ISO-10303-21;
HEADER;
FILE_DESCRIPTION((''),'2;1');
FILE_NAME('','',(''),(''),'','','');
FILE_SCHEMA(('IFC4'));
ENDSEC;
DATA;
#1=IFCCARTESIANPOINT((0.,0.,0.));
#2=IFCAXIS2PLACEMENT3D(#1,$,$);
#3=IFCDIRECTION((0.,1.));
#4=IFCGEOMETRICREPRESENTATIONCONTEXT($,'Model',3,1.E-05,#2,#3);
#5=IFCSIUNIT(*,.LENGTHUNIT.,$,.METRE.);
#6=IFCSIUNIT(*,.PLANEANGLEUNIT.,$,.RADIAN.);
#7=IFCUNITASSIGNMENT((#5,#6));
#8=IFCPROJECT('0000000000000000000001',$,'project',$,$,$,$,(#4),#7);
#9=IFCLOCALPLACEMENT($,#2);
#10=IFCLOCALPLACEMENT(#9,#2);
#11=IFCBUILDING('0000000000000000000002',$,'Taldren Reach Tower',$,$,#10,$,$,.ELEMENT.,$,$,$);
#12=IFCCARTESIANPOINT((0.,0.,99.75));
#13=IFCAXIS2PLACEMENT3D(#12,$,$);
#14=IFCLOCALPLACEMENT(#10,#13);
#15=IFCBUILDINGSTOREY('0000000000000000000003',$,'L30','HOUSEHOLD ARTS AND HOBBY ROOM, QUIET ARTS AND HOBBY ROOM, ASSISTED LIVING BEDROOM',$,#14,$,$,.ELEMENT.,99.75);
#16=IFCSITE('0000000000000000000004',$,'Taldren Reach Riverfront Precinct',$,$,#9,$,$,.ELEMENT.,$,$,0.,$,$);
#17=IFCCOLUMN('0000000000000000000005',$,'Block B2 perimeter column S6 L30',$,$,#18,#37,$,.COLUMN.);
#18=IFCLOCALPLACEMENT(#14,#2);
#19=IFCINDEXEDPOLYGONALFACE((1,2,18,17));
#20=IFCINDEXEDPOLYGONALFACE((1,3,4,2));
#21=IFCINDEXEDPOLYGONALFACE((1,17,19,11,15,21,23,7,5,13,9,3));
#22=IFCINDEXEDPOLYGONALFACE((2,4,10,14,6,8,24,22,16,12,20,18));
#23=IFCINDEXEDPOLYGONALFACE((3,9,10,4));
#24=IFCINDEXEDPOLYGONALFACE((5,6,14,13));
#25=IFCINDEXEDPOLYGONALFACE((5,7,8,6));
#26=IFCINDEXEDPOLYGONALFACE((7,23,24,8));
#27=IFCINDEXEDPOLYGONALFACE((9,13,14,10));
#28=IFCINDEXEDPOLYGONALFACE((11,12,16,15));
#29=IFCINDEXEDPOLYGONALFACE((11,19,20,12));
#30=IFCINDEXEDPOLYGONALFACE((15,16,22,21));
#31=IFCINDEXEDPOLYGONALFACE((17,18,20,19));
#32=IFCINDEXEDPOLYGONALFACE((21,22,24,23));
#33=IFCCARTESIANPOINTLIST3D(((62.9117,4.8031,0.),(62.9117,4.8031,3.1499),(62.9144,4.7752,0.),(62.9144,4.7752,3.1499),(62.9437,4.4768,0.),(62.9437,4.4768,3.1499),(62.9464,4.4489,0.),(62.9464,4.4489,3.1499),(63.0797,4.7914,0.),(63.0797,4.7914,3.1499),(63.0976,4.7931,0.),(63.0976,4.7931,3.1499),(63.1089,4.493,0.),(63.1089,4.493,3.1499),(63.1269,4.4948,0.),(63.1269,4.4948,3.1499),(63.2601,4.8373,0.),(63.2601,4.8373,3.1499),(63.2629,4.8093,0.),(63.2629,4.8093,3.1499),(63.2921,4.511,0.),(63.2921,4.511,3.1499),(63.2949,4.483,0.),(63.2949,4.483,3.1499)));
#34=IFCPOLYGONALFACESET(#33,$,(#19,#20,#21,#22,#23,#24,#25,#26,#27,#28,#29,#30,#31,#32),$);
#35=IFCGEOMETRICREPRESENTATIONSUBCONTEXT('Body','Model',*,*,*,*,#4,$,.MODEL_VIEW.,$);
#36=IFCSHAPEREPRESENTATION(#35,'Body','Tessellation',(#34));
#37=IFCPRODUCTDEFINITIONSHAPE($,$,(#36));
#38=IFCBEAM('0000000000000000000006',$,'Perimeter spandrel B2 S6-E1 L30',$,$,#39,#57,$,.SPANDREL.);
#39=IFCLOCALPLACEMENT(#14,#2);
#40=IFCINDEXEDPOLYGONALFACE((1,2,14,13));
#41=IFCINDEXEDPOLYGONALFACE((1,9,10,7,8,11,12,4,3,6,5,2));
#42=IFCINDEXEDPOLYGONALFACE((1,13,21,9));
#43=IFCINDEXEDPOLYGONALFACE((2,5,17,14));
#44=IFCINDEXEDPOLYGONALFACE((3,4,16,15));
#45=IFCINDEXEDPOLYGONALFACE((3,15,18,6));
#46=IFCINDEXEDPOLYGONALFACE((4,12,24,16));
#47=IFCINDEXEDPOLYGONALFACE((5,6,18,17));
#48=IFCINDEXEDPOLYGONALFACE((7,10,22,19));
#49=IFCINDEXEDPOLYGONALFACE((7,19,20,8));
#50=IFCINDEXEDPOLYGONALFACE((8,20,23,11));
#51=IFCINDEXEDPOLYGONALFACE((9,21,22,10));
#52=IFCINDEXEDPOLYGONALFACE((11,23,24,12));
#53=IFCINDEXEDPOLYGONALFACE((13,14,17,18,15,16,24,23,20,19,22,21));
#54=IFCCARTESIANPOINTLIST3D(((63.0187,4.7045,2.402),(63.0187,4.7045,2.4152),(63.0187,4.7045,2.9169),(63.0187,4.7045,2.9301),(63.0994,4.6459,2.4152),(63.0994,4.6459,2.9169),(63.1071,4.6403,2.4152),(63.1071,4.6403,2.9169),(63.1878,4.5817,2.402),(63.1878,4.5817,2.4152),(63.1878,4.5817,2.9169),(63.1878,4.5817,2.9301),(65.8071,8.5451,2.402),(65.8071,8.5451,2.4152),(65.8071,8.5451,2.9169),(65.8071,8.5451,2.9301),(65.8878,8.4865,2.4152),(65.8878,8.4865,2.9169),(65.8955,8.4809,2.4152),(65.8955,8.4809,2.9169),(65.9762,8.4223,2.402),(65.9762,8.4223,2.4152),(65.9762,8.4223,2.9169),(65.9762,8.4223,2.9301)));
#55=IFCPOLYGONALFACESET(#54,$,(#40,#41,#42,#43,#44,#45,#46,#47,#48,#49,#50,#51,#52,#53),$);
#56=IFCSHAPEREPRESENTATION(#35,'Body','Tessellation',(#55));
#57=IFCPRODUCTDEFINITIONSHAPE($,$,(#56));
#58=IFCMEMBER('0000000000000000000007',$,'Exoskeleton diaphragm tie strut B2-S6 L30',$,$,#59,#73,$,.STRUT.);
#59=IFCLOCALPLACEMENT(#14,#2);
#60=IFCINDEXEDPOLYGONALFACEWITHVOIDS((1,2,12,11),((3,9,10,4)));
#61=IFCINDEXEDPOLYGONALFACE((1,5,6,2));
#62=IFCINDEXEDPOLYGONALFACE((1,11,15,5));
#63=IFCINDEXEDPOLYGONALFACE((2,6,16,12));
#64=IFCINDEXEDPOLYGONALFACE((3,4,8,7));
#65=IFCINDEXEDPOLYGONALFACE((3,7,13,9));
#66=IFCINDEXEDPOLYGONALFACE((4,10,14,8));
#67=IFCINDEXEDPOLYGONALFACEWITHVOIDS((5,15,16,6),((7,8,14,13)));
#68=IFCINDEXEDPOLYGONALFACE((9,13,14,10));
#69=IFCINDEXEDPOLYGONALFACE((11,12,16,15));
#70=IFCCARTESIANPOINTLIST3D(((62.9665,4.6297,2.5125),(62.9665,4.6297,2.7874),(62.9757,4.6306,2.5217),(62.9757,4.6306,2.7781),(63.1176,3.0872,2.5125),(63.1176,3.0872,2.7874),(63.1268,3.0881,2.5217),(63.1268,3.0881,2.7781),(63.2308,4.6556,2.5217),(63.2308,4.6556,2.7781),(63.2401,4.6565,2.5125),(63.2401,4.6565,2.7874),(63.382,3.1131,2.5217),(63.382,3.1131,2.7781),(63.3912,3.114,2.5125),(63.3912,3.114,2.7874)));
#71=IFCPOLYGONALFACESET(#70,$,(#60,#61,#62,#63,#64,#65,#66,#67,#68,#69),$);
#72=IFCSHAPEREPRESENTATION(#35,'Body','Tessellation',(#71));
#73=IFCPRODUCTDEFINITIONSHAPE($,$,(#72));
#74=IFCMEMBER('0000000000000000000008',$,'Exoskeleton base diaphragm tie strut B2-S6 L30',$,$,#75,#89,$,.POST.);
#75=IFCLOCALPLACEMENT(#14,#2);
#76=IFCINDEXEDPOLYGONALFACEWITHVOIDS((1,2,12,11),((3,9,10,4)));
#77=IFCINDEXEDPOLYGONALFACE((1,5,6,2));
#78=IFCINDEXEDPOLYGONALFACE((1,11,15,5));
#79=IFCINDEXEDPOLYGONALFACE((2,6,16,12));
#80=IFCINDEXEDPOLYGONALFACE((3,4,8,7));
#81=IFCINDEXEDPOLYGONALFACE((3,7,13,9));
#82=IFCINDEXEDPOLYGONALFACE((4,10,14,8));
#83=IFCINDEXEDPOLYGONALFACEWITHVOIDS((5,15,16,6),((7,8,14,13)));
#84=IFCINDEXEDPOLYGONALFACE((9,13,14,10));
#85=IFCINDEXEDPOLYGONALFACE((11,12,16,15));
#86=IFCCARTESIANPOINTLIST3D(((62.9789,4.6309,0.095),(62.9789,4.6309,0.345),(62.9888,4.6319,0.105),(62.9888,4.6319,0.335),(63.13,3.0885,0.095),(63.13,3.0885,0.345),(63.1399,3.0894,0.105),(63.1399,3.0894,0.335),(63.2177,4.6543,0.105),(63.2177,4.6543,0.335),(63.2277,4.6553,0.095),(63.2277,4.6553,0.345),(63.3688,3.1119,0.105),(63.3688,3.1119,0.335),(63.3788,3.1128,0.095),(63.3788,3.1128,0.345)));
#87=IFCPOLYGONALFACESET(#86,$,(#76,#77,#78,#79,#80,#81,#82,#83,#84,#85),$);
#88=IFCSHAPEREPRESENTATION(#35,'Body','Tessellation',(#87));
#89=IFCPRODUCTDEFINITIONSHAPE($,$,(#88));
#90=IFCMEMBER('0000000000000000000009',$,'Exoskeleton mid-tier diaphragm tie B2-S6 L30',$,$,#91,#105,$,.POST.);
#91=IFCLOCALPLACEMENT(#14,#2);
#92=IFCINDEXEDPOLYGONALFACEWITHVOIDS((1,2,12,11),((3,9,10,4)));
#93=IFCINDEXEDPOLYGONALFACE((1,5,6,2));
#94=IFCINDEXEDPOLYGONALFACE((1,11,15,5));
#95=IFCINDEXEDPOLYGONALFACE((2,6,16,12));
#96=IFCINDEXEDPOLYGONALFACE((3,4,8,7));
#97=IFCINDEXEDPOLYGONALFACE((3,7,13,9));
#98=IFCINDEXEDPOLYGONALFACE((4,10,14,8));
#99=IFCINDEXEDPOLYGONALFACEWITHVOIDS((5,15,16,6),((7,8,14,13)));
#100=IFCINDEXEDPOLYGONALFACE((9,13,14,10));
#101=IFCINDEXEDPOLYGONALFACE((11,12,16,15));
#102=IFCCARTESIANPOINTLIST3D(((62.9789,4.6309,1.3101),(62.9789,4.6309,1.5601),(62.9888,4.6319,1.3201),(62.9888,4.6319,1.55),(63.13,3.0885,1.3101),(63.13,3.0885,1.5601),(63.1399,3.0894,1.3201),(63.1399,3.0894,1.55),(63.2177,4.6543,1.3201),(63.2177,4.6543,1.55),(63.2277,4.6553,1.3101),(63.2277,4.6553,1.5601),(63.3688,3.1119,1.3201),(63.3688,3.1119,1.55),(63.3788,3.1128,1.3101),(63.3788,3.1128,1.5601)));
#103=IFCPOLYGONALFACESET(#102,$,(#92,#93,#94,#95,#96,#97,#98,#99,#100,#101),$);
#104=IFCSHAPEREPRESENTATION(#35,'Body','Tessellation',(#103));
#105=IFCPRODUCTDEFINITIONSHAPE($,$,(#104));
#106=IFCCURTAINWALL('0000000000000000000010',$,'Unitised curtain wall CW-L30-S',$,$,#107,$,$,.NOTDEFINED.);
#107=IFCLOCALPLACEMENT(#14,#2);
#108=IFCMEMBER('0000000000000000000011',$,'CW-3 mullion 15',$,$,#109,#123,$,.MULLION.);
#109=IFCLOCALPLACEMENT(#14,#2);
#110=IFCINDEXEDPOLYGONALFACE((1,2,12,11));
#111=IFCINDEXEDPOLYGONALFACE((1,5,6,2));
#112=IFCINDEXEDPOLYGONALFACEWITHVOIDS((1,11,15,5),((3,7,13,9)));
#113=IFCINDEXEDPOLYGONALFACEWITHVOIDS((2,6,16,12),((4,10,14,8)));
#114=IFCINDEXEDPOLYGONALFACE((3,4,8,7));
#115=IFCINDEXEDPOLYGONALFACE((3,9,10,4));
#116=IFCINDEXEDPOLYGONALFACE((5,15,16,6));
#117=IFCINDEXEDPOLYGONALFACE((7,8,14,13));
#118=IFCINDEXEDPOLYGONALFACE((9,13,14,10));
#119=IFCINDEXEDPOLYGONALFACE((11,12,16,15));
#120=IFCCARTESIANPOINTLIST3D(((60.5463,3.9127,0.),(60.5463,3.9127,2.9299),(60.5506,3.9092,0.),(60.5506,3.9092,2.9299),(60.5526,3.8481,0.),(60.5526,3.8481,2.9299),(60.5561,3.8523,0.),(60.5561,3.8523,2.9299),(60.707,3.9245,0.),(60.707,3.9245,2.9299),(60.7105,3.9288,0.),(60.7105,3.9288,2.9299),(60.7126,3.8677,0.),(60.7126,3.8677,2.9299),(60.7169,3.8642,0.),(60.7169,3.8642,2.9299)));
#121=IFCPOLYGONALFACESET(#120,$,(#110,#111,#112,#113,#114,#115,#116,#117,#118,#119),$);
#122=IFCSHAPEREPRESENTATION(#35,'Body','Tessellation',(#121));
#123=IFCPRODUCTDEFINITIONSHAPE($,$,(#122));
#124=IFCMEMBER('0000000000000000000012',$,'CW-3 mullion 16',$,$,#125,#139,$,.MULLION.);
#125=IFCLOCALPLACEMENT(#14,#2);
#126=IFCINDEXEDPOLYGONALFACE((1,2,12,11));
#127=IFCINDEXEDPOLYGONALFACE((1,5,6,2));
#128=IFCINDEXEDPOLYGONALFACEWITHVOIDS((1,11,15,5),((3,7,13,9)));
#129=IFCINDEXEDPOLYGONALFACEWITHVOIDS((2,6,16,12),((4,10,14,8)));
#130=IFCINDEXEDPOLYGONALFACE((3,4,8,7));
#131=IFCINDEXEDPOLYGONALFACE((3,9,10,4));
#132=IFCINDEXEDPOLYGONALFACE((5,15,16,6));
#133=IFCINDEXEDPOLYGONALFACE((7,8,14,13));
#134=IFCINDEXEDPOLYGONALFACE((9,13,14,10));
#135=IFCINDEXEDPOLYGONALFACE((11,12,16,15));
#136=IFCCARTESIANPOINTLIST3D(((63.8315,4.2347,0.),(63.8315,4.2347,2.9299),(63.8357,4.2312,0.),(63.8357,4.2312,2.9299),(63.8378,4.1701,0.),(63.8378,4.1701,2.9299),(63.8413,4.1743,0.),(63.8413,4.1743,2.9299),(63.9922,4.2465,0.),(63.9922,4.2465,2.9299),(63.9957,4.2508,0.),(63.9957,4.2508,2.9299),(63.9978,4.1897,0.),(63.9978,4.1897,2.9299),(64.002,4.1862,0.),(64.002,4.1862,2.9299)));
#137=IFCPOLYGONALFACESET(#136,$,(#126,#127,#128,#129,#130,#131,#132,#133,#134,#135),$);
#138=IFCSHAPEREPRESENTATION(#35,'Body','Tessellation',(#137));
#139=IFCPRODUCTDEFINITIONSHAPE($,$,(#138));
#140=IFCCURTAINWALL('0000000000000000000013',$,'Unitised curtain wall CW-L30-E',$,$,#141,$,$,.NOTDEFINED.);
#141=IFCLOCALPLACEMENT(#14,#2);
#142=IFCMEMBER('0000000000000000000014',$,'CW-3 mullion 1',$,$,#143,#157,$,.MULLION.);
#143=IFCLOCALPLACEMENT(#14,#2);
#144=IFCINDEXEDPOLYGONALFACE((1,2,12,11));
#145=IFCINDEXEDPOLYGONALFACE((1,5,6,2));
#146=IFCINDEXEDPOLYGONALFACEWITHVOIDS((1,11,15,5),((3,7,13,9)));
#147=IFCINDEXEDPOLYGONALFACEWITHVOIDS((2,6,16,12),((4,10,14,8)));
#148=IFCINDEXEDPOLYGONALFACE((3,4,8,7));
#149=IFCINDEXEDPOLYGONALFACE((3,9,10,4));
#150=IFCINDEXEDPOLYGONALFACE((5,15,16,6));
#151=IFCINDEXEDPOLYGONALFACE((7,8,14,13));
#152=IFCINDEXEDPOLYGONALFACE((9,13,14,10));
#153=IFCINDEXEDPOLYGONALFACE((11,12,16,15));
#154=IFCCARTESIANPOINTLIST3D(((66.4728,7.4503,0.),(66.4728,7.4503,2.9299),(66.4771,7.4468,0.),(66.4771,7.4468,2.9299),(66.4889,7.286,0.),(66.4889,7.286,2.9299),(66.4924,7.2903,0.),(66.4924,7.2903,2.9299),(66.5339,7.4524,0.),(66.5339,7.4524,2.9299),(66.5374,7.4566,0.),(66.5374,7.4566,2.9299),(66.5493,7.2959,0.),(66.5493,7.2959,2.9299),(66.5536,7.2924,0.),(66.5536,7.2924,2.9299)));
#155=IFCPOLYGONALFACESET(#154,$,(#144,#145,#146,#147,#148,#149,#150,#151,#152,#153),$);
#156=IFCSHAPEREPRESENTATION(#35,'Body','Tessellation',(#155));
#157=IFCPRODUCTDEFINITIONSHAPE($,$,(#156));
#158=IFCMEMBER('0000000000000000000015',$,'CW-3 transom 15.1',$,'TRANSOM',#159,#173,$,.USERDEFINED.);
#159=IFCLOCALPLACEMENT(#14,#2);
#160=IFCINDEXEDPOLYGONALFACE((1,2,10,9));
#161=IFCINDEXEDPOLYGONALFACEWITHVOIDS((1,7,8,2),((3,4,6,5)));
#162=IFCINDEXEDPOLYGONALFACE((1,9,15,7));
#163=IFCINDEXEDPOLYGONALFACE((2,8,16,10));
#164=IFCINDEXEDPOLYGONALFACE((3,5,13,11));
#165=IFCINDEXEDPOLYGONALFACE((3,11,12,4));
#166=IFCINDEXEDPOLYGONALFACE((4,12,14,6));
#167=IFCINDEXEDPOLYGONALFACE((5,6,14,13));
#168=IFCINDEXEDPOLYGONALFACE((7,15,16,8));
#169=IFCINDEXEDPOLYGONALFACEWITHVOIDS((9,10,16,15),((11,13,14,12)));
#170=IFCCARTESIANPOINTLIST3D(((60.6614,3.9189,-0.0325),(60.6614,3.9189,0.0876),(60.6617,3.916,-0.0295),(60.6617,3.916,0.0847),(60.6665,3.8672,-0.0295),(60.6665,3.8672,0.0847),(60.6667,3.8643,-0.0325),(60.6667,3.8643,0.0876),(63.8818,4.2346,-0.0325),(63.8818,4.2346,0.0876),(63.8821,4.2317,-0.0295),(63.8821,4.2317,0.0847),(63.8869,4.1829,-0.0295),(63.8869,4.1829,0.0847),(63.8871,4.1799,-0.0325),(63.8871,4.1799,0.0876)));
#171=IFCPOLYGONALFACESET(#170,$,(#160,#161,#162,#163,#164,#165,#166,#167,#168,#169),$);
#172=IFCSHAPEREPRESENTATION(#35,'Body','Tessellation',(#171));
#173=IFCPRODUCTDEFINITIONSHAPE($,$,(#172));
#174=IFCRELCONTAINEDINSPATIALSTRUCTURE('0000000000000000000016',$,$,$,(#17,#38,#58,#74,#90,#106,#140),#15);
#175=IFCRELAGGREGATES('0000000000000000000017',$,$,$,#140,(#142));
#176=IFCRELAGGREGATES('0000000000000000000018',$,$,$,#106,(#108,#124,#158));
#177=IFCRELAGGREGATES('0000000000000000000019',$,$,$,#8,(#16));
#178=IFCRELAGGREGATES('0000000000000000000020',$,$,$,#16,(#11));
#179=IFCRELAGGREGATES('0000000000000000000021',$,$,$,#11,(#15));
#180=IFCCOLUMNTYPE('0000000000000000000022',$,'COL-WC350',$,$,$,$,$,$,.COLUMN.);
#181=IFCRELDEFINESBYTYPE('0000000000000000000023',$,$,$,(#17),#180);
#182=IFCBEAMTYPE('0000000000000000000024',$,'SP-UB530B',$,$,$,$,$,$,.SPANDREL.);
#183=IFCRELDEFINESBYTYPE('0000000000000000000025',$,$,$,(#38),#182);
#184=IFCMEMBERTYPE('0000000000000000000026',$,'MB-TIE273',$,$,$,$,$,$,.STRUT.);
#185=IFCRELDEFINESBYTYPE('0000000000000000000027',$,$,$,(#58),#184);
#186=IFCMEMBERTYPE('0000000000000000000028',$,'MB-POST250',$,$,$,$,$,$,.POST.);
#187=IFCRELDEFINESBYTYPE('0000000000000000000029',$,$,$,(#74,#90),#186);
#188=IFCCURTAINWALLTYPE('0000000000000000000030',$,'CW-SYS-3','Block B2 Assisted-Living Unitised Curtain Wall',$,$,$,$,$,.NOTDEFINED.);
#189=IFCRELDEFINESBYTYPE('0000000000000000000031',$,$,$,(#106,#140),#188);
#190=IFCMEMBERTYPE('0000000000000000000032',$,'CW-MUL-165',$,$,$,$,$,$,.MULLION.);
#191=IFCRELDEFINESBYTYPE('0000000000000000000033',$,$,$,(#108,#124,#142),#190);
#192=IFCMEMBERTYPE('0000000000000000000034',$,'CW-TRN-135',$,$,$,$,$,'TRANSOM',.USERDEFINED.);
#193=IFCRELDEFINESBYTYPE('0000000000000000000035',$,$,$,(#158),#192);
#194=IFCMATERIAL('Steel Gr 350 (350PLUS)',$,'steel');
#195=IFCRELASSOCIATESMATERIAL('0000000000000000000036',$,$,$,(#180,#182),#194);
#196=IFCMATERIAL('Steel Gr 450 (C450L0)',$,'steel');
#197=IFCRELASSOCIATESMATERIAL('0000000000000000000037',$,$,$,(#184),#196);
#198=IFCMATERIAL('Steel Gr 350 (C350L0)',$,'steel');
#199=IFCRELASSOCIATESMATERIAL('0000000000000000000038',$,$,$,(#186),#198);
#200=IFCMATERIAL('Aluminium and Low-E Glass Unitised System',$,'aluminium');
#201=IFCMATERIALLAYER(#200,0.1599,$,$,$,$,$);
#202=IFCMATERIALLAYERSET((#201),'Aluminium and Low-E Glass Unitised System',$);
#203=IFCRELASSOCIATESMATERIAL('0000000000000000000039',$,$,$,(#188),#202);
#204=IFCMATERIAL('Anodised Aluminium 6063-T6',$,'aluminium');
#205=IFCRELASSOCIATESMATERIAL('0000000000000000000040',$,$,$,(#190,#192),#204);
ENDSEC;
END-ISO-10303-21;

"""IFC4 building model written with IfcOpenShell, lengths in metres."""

from ifc_helpers import new_model, si_unit, direction, frame, origin, origin_2d, place, context, subcontext, project, spatial, hollow_rectangle, i_section, extrude, source, transform, mapped, material, layer, layer_set, material_profile, profile_set, type_object, element, aggregate, save


model = new_model("IFC4")

# Units and contexts
model_context = context("Model", 3, precision=1e-05, world=origin(), true_north=direction((0.0, 1.0)))
body_context = subcontext(model_context, "Body", "Model", "MODEL_VIEW")
ifc_project = project(units=[si_unit("LENGTHUNIT", "METRE"), si_unit("PLANEANGLEUNIT", "RADIAN")], contexts=[model_context])

# Site, building, storey
site_placement = place(None, origin())
site = spatial("IfcSite", under=ifc_project, at=site_placement, Name="Taldren Reach Riverfront Precinct", CompositionType="ELEMENT", RefElevation=0.0)
building_placement = place(site_placement, origin())
building = spatial("IfcBuilding", under=site, at=building_placement, Name="Taldren Reach Tower", CompositionType="ELEMENT")
storey_placement = place(building_placement, frame((0.0, 0.0, 99.75)))
storey = spatial("IfcBuildingStorey", under=building, at=storey_placement, Name="L30", Description="HOUSEHOLD ARTS AND HOBBY ROOM, QUIET ARTS AND HOBBY ROOM, ASSISTED LIVING BEDROOM", CompositionType="ELEMENT", Elevation=99.75)

# Column
ifc_material_1 = material(Name="Steel Gr 350 (350PLUS)", Category="steel")
ifc_material_profile_1 = material_profile(ifc_material_1, i_section(OverallWidth=0.3501, OverallDepth=0.356, WebThickness=0.0181, FlangeThickness=0.0281, at=origin_2d()), Name="350WC197")
ifc_profile_set_1 = profile_set([ifc_material_profile_1], Name="Steel Gr 350 (350PLUS)")
column_type = type_object("IfcColumnType", Name="COL-WC350", PredefinedType="COLUMN", material=ifc_profile_set_1)
shared_shape_1 = source(origin(), body_context, "Body", "SweptSolid", [
    extrude(i_section(OverallWidth=0.3501, OverallDepth=0.356, WebThickness=0.0181, FlangeThickness=0.0281, at=origin_2d()), origin(), (0.0, 0.0, 1.0), 3.1499),
])
column_placement = place(storey_placement, frame((63.1033, 4.6431, 0.0), z_axis=(0.0, 0.0, 1.0), x_axis=(0.995227, 0.097583, 0.0)))
element("IfcColumn", 1, at=column_placement, inside=storey, type_object=column_type, Name="Block B2 perimeter column S6 L30", PredefinedType="COLUMN", context=body_context, shape_type="MappedRepresentation", body=[
    mapped(shared_shape_1, transform((0.0, 0.0, 0.0), scale=1.0)),
])

# Beam
ifc_material_profile_2 = material_profile(ifc_material_1, i_section(OverallWidth=0.209, OverallDepth=0.5281, WebThickness=0.0095, FlangeThickness=0.0132, at=origin_2d()), Name="530UB82.0")
ifc_profile_set_2 = profile_set([ifc_material_profile_2], Name="Steel Gr 350 (350PLUS)")
beam_type = type_object("IfcBeamType", Name="SP-UB530B", PredefinedType="SPANDREL", material=ifc_profile_set_2)
shared_shape_2 = source(origin(), body_context, "Body", "SweptSolid", [
    extrude(i_section(OverallWidth=0.209, OverallDepth=0.5281, WebThickness=0.0095, FlangeThickness=0.0132, at=origin_2d()), origin(), (0.0, 0.0, 1.0), 4.7461),
])
beam_placement = place(storey_placement, frame((63.1033, 4.6431, 2.666), z_axis=(0.587508, 0.809219, 0.0), x_axis=(-0.809219, 0.587508, 0.0)))
element("IfcBeam", 2, at=beam_placement, inside=storey, type_object=beam_type, Name="Perimeter spandrel B2 S6-E1 L30", PredefinedType="SPANDREL", context=body_context, shape_type="MappedRepresentation", body=[
    mapped(shared_shape_2, transform((0.0, 0.0, 0.0), scale=1.0)),
])

# Members
ifc_material_2 = material(Name="Steel Gr 450 (C450L0)", Category="steel")
ifc_material_profile_3 = material_profile(ifc_material_2, hollow_rectangle(XDim=0.2749, YDim=0.2749, WallThickness=0.0093, at=origin_2d()), Name="275x275x9.3SHS")
ifc_profile_set_3 = profile_set([ifc_material_profile_3], Name="Steel Gr 450 (C450L0)")
member_type_1 = type_object("IfcMemberType", Name="MB-TIE273", PredefinedType="STRUT", material=ifc_profile_set_3)
shared_shape_3 = source(origin(), body_context, "Body", "SweptSolid", [
    extrude(hollow_rectangle(XDim=0.2749, YDim=0.2749, WallThickness=0.0093, at=origin_2d()), origin(), (0.0, 0.0, 1.0), 1.5498),
])
member_1_placement = place(storey_placement, frame((63.1033, 4.6431, 2.6499), z_axis=(0.097507, -0.995235, 0.0), x_axis=(0.995235, 0.097507, 0.0)))
element("IfcMember", 3, at=member_1_placement, inside=storey, type_object=member_type_1, Name="Exoskeleton diaphragm tie strut B2-S6 L30", PredefinedType="STRUT", context=body_context, shape_type="MappedRepresentation", body=[
    mapped(shared_shape_3, transform((0.0, 0.0, 0.0), scale=1.0)),
])
ifc_material_3 = material(Name="Steel Gr 350 (C350L0)", Category="steel")
ifc_material_profile_4 = material_profile(ifc_material_3, hollow_rectangle(XDim=0.25, YDim=0.25, WallThickness=0.01, at=origin_2d()), Name="250x250x10.0SHS")
ifc_profile_set_4 = profile_set([ifc_material_profile_4], Name="Steel Gr 350 (C350L0)")
member_type_2 = type_object("IfcMemberType", Name="MB-POST250", PredefinedType="POST", material=ifc_profile_set_4)
shared_shape_4 = source(origin(), body_context, "Body", "SweptSolid", [
    extrude(hollow_rectangle(XDim=0.25, YDim=0.25, WallThickness=0.01, at=origin_2d()), origin(), (0.0, 0.0, 1.0), 1.5498),
])
for number, where, z_axis, x_axis, name in (
    (4, (63.1033, 4.6431, 0.22), (0.097507, -0.995235, 0.0), (0.995235, 0.097507, 0.0), "Exoskeleton base diaphragm tie strut B2-S6 L30"),
    (5, (63.1033, 4.6431, 1.4351), (0.097507, -0.995235, 0.0), (0.995235, 0.097507, 0.0), "Exoskeleton mid-tier diaphragm tie B2-S6 L30"),
):
    element("IfcMember", number, at=place(storey_placement, frame(where, z_axis=z_axis, x_axis=x_axis)), inside=storey, type_object=member_type_2, Name=name, PredefinedType="POST", context=body_context, shape_type="MappedRepresentation", body=[
        mapped(shared_shape_4, transform((0.0, 0.0, 0.0), scale=1.0)),
    ])

# Curtain wall, members
ifc_material_4 = material(Name="Aluminium and Low-E Glass Unitised System", Category="aluminium")
ifc_layer_1 = layer(ifc_material_4, 0.1599)
ifc_layer_set_1 = layer_set([ifc_layer_1], Name="Aluminium and Low-E Glass Unitised System")
curtain_wall_type = type_object("IfcCurtainWallType", Name="CW-SYS-3", Description="Block B2 Assisted-Living Unitised Curtain Wall", PredefinedType="NOTDEFINED", material=ifc_layer_set_1)
curtain_wall_1_placement = place(storey_placement, origin())
curtain_wall_1 = element("IfcCurtainWall", 6, at=curtain_wall_1_placement, inside=storey, type_object=curtain_wall_type, Name="Unitised curtain wall CW-L30-S", PredefinedType="NOTDEFINED")
ifc_material_5 = material(Name="Anodised Aluminium 6063-T6", Category="aluminium")
ifc_material_profile_5 = material_profile(ifc_material_5, hollow_rectangle(XDim=0.0649, YDim=0.165, WallThickness=0.0039, at=origin_2d()), Name="ALU-165x65x4RHS")
ifc_profile_set_5 = profile_set([ifc_material_profile_5], Name="Anodised Aluminium 6063-T6")
member_type_3 = type_object("IfcMemberType", Name="CW-MUL-165", PredefinedType="MULLION", material=ifc_profile_set_5)
shared_shape_5 = source(origin(), body_context, "Body", "SweptSolid", [
    extrude(hollow_rectangle(XDim=0.0649, YDim=0.165, WallThickness=0.0039, at=origin_2d()), origin(), (0.0, 0.0, 1.0), 2.9299),
])
member_2_placement = place(storey_placement, frame((60.6316, 3.8884, 0.0), z_axis=(0.0, 0.0, 1.0), x_axis=(-0.097583, 0.995227, 0.0)))
member_2 = element("IfcMember", 7, at=member_2_placement, type_object=member_type_3, Name="CW-3 mullion 15", PredefinedType="MULLION", context=body_context, shape_type="MappedRepresentation", body=[
    mapped(shared_shape_5, transform((0.0, 0.0, 0.0), scale=1.0)),
])
member_3_placement = place(storey_placement, frame((63.9167, 4.2104, 0.0), z_axis=(0.0, 0.0, 1.0), x_axis=(-0.097583, 0.995227, 0.0)))
member_3 = element("IfcMember", 8, at=member_3_placement, type_object=member_type_3, Name="CW-3 mullion 16", PredefinedType="MULLION", context=body_context, shape_type="MappedRepresentation", body=[
    mapped(shared_shape_5, transform((0.0, 0.0, 0.0), scale=1.0)),
])

# Curtain wall, member
curtain_wall_2_placement = place(storey_placement, origin())
curtain_wall_2 = element("IfcCurtainWall", 9, at=curtain_wall_2_placement, inside=storey, type_object=curtain_wall_type, Name="Unitised curtain wall CW-L30-E", PredefinedType="NOTDEFINED")
member_4_placement = place(storey_placement, frame((66.5132, 7.3713, 0.0), z_axis=(0.0, 0.0, 1.0), x_axis=(-0.995227, -0.097583, 0.0)))
member_4 = element("IfcMember", 10, at=member_4_placement, type_object=member_type_3, Name="CW-3 mullion 1", PredefinedType="MULLION", context=body_context, shape_type="MappedRepresentation", body=[
    mapped(shared_shape_5, transform((0.0, 0.0, 0.0), scale=1.0)),
])

# Member
ifc_material_profile_6 = material_profile(ifc_material_5, hollow_rectangle(XDim=0.0549, YDim=0.1201, WallThickness=0.0029, at=origin_2d()), Name="ALU-120x55x3RHS")
ifc_profile_set_6 = profile_set([ifc_material_profile_6], Name="Anodised Aluminium 6063-T6")
member_type_4 = type_object("IfcMemberType", Name="CW-TRN-135", ElementType="TRANSOM", PredefinedType="USERDEFINED", material=ifc_profile_set_6)
shared_shape_6 = source(origin(), body_context, "Body", "SweptSolid", [
    extrude(hollow_rectangle(XDim=0.0549, YDim=0.1201, WallThickness=0.0029, at=origin_2d()), origin(), (0.0, 0.0, 1.0), 3.2358),
])
member_5_placement = place(storey_placement, frame((60.6641, 3.8916, 0.0276), z_axis=(0.99523, 0.097554, 0.0), x_axis=(-0.097554, 0.99523, 0.0)))
member_5 = element("IfcMember", 11, at=member_5_placement, type_object=member_type_4, Name="CW-3 transom 15.1", ObjectType="TRANSOM", PredefinedType="USERDEFINED", context=body_context, shape_type="MappedRepresentation", body=[
    mapped(shared_shape_6, transform((0.0, 0.0, 0.0), scale=1.0)),
])
aggregate(curtain_wall_2, [member_4])

aggregate(curtain_wall_1, [member_2, member_3, member_5])

save(model, "model.ifc")
